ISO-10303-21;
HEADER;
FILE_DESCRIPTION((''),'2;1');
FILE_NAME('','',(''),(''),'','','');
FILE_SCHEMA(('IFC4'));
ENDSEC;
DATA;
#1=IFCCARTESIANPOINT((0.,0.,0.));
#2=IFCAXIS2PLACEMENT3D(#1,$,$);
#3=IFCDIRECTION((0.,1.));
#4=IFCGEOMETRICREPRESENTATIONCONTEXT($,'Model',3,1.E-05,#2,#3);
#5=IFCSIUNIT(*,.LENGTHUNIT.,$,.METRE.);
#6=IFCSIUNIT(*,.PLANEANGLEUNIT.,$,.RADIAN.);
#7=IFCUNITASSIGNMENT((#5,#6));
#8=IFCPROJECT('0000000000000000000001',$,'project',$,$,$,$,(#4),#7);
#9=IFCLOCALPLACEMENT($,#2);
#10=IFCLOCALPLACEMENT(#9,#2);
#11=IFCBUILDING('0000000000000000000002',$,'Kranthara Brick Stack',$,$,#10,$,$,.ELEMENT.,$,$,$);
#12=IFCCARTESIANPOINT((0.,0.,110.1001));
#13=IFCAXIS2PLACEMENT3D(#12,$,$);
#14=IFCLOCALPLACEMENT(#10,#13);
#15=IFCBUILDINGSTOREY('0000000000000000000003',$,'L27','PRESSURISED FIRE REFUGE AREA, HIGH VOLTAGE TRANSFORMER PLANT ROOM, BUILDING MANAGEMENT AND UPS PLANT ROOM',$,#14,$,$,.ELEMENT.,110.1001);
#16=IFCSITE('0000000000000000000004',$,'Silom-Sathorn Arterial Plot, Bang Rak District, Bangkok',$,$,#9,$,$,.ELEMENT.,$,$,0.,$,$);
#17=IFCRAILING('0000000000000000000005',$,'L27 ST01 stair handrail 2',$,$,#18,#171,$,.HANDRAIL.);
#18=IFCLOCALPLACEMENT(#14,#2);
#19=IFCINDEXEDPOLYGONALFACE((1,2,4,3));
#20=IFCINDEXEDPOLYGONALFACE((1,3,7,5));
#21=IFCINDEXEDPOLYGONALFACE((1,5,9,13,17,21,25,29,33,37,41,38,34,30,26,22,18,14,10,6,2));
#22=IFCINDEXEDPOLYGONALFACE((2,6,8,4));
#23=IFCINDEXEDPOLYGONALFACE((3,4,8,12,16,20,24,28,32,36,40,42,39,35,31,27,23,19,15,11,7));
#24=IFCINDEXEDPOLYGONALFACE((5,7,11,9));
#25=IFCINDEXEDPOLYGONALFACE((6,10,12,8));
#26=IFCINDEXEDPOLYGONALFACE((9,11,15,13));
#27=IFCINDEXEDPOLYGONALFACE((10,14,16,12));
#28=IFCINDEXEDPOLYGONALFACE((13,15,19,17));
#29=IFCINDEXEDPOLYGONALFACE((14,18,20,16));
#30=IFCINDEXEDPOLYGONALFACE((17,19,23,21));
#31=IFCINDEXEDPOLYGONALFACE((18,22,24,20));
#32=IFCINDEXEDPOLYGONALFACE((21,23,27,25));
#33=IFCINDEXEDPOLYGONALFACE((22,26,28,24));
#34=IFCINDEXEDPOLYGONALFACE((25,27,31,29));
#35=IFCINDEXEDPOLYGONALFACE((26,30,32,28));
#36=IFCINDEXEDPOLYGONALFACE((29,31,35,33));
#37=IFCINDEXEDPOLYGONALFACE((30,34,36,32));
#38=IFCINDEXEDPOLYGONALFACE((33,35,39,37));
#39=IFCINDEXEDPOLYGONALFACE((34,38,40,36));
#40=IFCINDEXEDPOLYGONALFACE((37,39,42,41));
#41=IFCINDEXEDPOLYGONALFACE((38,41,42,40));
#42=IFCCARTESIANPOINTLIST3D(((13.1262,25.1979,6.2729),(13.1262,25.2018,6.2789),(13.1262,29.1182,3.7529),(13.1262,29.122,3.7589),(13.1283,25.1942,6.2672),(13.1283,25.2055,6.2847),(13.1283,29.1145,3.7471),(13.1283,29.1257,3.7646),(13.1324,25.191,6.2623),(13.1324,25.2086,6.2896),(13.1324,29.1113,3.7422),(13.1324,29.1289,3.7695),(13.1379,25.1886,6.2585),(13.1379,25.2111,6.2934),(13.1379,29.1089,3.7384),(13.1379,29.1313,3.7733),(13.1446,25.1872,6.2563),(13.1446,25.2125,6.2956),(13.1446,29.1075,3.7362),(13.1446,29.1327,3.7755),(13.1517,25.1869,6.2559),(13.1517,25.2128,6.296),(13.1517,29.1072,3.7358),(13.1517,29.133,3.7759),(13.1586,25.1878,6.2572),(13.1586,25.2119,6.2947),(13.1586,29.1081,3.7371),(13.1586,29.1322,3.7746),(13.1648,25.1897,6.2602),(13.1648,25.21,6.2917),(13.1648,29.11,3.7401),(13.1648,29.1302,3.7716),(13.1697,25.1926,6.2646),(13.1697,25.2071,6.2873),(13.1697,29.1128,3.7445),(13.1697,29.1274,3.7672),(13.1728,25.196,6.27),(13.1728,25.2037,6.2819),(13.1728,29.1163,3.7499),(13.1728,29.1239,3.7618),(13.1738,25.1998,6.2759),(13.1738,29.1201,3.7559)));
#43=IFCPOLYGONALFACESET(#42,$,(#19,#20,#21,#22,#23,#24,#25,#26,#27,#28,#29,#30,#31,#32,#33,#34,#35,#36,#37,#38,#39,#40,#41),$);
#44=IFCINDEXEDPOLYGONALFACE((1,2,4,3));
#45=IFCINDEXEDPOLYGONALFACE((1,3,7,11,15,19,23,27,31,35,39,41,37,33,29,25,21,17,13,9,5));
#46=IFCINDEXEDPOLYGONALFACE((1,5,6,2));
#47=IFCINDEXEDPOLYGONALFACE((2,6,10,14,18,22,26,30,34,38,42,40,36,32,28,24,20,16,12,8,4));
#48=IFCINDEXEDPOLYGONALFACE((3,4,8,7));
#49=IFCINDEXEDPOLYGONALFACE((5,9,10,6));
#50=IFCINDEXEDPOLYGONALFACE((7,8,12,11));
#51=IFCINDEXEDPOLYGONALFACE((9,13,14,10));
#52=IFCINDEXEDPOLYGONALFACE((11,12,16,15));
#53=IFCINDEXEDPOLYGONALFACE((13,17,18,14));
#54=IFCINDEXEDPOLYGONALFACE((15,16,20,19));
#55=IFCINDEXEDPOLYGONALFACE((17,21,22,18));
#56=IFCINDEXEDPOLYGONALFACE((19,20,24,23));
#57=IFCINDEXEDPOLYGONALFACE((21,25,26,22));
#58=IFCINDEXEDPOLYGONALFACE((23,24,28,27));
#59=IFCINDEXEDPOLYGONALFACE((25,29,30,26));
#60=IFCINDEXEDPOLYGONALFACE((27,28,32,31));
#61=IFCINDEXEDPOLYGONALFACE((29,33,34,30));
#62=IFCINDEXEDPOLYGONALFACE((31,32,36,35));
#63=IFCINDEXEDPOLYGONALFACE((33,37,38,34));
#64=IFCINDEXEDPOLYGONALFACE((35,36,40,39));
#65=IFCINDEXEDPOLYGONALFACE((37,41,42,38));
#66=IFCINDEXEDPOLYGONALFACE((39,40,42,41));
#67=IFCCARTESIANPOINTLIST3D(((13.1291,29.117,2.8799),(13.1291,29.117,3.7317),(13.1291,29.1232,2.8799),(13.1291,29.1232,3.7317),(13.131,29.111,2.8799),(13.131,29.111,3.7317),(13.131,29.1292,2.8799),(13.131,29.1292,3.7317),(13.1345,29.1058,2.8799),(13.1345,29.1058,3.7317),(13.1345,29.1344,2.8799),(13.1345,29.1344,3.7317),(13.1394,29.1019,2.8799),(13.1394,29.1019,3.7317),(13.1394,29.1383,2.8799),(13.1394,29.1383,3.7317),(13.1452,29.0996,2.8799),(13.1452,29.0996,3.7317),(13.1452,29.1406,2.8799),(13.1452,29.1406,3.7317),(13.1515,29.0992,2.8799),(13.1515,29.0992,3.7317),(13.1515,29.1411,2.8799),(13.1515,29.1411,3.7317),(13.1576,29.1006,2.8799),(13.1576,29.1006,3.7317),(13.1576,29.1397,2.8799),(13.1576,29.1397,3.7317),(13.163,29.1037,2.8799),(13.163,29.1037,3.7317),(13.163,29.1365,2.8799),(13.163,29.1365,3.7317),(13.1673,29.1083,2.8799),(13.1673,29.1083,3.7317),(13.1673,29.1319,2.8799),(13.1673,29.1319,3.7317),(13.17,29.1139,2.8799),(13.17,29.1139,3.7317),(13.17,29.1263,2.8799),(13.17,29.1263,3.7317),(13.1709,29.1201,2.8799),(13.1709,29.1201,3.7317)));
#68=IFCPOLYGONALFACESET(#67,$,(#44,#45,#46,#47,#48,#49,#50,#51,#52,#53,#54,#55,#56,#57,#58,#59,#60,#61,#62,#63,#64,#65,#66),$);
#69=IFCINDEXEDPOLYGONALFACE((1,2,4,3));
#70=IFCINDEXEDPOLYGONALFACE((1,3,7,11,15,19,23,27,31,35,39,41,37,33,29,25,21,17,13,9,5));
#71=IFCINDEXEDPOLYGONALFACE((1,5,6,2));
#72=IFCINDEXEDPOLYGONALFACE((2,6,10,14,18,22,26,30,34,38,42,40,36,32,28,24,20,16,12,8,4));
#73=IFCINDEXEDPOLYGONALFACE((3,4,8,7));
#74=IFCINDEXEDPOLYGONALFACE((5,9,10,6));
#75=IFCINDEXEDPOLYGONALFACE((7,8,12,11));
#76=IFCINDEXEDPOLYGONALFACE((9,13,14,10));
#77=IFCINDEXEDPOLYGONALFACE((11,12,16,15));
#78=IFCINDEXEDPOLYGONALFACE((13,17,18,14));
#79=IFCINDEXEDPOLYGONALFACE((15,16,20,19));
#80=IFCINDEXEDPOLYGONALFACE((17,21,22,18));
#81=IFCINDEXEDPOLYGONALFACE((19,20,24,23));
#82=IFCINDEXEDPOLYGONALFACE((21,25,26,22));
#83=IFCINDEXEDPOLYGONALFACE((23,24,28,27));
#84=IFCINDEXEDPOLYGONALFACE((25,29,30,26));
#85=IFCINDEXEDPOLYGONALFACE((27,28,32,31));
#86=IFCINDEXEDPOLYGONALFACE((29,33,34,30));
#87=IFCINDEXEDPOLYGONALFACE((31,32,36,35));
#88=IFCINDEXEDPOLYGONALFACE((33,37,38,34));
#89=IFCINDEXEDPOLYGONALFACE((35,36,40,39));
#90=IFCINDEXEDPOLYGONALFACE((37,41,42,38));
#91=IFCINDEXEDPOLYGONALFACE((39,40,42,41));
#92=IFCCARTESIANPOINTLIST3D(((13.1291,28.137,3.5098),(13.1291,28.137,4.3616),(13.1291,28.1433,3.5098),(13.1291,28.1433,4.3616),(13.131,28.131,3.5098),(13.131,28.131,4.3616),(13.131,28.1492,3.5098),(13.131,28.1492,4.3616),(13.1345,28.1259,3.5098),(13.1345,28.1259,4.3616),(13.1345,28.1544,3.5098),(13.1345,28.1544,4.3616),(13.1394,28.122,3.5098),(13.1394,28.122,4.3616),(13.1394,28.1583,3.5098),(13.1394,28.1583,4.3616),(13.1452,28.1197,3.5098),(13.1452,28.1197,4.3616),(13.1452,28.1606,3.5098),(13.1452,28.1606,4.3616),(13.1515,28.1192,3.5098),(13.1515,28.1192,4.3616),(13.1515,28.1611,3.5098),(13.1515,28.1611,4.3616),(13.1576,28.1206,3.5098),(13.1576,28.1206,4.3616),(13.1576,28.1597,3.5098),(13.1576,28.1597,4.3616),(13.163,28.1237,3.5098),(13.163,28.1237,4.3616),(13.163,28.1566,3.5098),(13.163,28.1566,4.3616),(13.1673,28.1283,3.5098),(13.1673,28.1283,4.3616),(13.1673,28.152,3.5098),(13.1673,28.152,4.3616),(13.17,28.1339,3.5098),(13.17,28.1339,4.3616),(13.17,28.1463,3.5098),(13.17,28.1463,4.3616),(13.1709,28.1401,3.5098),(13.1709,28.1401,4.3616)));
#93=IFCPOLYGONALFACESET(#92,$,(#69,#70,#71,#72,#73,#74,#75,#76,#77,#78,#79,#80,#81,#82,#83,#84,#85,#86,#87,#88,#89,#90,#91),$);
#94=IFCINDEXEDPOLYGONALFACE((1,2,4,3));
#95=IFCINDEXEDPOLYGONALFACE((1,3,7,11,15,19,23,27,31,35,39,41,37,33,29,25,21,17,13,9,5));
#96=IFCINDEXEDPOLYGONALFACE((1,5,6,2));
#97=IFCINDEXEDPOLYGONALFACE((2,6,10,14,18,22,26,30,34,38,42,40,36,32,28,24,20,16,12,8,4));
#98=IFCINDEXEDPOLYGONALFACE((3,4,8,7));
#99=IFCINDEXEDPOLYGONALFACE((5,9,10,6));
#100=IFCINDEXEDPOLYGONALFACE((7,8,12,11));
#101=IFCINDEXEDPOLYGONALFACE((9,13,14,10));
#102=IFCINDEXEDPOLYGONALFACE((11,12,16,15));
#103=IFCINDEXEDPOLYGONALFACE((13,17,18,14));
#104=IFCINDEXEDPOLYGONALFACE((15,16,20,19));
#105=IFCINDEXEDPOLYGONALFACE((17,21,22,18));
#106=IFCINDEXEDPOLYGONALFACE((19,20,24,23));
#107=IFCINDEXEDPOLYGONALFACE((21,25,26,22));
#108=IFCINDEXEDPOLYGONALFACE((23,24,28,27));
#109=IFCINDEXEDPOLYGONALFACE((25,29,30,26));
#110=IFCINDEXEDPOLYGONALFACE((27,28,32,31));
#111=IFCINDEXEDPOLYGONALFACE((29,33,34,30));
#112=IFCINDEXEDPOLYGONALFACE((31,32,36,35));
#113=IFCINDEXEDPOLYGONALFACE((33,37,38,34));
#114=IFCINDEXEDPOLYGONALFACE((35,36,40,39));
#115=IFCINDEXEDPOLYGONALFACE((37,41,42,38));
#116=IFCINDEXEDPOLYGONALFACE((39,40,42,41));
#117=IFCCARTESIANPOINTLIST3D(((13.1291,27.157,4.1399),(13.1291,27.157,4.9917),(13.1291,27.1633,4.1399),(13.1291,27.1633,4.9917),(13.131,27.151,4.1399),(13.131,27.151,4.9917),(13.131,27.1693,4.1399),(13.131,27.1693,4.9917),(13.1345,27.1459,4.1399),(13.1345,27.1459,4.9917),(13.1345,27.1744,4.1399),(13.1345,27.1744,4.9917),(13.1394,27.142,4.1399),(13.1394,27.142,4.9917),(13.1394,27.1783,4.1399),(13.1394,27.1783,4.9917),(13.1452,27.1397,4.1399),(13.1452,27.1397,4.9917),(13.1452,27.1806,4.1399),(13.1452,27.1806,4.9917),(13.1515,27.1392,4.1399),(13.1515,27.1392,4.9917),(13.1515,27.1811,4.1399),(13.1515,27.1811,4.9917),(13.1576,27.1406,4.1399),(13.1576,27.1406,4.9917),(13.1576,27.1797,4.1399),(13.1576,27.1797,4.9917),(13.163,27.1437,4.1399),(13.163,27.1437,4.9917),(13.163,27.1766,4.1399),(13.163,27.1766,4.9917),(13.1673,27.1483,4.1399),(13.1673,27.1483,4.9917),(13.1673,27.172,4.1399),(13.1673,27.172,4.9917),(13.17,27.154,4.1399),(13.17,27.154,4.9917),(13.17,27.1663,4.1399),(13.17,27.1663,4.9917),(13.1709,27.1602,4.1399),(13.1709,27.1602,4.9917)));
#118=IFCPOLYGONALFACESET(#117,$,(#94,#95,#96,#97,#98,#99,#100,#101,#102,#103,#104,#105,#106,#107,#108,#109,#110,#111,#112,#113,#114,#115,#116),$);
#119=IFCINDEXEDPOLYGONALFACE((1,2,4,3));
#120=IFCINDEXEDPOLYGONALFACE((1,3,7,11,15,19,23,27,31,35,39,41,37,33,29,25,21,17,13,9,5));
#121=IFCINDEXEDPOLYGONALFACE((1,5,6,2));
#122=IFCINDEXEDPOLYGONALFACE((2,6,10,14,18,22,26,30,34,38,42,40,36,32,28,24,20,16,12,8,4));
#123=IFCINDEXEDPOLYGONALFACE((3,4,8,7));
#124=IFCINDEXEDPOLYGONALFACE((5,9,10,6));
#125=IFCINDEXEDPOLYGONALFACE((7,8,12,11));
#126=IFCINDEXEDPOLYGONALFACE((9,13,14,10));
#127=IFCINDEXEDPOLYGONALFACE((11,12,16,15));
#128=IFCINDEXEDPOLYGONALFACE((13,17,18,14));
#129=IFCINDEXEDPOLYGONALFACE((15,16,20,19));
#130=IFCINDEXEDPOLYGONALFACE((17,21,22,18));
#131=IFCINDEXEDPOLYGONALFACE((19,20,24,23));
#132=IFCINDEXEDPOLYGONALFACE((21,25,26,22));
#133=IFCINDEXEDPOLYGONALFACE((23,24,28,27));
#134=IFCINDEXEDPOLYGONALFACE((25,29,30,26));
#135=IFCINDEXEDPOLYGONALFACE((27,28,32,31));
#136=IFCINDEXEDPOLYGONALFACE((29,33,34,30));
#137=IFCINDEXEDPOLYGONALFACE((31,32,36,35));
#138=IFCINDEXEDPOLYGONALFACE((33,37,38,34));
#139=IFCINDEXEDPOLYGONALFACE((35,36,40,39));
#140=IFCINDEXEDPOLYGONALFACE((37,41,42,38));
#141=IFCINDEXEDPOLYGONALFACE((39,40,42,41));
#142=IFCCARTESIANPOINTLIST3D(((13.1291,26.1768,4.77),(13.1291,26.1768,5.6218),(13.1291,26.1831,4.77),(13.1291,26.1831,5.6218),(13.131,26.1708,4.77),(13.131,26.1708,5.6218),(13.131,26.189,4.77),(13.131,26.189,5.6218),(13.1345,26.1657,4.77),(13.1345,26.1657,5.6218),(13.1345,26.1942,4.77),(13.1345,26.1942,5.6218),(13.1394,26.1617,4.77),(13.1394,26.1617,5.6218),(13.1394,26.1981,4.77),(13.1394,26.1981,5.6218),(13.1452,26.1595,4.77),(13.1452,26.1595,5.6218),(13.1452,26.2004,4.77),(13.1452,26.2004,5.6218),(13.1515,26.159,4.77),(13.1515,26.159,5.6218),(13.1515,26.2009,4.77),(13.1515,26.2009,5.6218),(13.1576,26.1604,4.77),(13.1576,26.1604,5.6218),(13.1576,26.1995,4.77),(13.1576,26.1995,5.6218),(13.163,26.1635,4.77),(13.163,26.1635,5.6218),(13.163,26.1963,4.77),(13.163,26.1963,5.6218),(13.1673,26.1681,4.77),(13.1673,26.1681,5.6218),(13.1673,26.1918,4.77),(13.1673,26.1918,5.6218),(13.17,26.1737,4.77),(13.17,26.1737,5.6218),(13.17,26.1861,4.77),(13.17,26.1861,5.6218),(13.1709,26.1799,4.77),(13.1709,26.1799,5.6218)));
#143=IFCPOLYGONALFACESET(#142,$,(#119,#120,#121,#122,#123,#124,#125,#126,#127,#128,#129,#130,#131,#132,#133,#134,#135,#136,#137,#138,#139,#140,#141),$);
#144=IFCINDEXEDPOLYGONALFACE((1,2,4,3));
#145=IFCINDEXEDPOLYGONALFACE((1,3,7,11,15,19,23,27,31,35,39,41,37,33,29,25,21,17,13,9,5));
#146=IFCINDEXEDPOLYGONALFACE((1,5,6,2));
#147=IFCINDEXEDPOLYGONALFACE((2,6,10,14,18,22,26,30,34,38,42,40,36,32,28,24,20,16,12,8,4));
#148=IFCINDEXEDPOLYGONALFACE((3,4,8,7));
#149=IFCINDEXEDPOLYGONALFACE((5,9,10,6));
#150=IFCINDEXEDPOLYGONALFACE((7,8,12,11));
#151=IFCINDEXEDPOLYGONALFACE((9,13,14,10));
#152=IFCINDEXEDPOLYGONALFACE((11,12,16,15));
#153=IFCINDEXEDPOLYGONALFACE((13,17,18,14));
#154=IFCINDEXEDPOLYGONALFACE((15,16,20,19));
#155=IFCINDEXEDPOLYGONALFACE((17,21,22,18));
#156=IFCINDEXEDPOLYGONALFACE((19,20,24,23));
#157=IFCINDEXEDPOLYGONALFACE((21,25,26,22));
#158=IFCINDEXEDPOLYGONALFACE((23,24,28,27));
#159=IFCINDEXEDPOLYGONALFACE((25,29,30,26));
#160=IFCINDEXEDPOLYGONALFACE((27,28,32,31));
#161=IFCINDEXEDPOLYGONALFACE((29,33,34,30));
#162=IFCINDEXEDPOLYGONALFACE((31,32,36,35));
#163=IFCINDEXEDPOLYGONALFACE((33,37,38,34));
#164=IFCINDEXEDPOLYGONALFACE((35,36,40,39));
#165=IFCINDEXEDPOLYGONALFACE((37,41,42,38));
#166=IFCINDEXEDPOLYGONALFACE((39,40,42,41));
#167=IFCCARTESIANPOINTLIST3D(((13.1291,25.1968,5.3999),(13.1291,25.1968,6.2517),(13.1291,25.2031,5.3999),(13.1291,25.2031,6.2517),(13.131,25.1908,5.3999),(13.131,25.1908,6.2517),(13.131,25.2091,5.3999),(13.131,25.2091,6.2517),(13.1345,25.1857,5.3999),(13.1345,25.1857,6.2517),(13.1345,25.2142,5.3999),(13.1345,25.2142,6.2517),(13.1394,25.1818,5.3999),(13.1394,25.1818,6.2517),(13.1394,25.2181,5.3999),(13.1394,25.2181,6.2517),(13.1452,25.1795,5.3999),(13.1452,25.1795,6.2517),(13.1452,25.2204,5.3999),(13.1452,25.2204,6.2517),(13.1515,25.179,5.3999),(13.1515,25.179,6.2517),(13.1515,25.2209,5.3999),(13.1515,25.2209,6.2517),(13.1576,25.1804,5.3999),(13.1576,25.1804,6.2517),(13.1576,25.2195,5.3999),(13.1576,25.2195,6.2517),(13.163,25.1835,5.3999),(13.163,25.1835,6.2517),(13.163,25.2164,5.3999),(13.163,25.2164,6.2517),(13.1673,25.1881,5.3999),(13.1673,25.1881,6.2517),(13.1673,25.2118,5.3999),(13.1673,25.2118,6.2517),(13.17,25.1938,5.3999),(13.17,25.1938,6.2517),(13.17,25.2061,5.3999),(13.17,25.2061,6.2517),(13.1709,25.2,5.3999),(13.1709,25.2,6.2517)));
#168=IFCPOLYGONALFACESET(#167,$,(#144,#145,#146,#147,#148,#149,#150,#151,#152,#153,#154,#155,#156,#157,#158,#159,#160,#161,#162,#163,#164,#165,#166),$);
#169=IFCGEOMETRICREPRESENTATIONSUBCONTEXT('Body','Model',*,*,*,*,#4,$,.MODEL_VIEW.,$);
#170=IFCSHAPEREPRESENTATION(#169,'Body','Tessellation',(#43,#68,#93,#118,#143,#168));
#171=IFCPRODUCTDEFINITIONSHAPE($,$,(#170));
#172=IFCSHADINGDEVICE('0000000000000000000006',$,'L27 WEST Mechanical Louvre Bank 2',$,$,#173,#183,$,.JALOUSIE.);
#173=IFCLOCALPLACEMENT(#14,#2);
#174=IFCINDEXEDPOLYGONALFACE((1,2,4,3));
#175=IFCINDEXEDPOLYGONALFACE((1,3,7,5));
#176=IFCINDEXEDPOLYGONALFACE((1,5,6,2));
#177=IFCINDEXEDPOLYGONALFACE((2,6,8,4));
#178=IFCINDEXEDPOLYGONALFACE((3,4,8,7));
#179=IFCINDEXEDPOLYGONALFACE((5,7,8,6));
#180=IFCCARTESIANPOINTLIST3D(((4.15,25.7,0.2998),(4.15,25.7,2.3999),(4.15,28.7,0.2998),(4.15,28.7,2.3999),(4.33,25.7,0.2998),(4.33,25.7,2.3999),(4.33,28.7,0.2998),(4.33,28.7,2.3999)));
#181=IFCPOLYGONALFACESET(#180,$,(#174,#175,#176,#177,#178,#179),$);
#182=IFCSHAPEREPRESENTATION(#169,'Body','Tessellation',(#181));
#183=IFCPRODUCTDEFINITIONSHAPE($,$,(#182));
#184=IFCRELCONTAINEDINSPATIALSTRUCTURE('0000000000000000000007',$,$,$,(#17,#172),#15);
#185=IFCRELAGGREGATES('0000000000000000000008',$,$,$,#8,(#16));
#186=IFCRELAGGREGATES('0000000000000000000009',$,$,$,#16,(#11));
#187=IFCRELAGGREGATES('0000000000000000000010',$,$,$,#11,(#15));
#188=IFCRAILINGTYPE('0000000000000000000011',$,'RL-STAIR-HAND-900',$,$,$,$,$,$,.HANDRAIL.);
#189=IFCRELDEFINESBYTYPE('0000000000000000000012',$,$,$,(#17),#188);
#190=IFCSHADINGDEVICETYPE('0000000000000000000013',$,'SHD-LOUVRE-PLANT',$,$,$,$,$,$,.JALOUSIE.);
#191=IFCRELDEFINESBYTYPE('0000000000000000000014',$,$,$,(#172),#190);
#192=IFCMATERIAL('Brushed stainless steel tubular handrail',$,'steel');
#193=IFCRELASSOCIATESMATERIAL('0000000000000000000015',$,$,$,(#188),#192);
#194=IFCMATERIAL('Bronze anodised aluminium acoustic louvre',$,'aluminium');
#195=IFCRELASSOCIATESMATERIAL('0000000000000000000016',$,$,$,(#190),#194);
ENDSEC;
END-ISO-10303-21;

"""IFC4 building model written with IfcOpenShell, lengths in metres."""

from ifc_helpers import new_model, si_unit, direction, frame, origin, origin_2d, place, context, subcontext, project, spatial, rectangle, circle, extrude, material, type_object, element, save


model = new_model("IFC4")

# Units and contexts
model_context = context("Model", 3, precision=1e-05, world=origin(), true_north=direction((0.0, 1.0)))
body_context = subcontext(model_context, "Body", "Model", "MODEL_VIEW")
ifc_project = project(units=[si_unit("LENGTHUNIT", "METRE"), si_unit("PLANEANGLEUNIT", "RADIAN")], contexts=[model_context])

# Site, building, storey
site_placement = place(None, origin())
site = spatial("IfcSite", under=ifc_project, at=site_placement, Name="Silom-Sathorn Arterial Plot, Bang Rak District, Bangkok", CompositionType="ELEMENT", RefElevation=0.0)
building_placement = place(site_placement, origin())
building = spatial("IfcBuilding", under=site, at=building_placement, Name="Kranthara Brick Stack", CompositionType="ELEMENT")
storey_placement = place(building_placement, frame((0.0, 0.0, 110.1001)))
storey = spatial("IfcBuildingStorey", under=building, at=storey_placement, Name="L27", Description="PRESSURISED FIRE REFUGE AREA, HIGH VOLTAGE TRANSFORMER PLANT ROOM, BUILDING MANAGEMENT AND UPS PLANT ROOM", CompositionType="ELEMENT", Elevation=110.1001)

# Railing
ifc_material_1 = material(Name="Brushed stainless steel tubular handrail", Category="steel")
railing_type_1 = type_object("IfcRailingType", Name="RL-STAIR-HAND-900", PredefinedType="HANDRAIL", material=ifc_material_1)
railing_1_placement = place(storey_placement, frame((13.1499, 29.1201, 2.8799)))
element("IfcRailing", 1, at=railing_1_placement, inside=storey, type_object=railing_type_1, Name="L27 ST01 stair handrail 2", PredefinedType="HANDRAIL", context=body_context, shape_type="SweptSolid", body=[
    extrude(circle(Radius=0.0239, at=origin_2d()), frame((0.0, 0.0, 0.876), z_axis=(0.0, -0.841187, 0.540744), x_axis=(1.0, 0.0, 0.0)), (0.0, 0.0, 1.0), 4.6604),
    extrude(circle(Radius=0.021, at=origin_2d()), origin(), (0.0, 0.0, 1.0), 0.8518),
    extrude(circle(Radius=0.021, at=origin_2d()), frame((0.0, -0.98, 0.6299)), (0.0, 0.0, 1.0), 0.8518),
    extrude(circle(Radius=0.021, at=origin_2d()), frame((0.0, -1.96, 1.26)), (0.0, 0.0, 1.0), 0.8518),
    extrude(circle(Radius=0.021, at=origin_2d()), frame((0.0, -2.9402, 1.8901)), (0.0, 0.0, 1.0), 0.8518),
    extrude(circle(Radius=0.021, at=origin_2d()), frame((0.0, -3.9202, 2.52)), (0.0, 0.0, 1.0), 0.8518),
])

# Shading device
ifc_material_2 = material(Name="Bronze anodised aluminium acoustic louvre", Category="aluminium")
shading_device_type = type_object("IfcShadingDeviceType", Name="SHD-LOUVRE-PLANT", PredefinedType="JALOUSIE", material=ifc_material_2)
shading_device_placement = place(storey_placement, frame((4.24, 27.2, 0.2998), z_axis=(0.0, 0.0, 1.0), x_axis=(0.0, 1.0, 0.0)))
element("IfcShadingDevice", 2, at=shading_device_placement, inside=storey, type_object=shading_device_type, Name="L27 WEST Mechanical Louvre Bank 2", PredefinedType="JALOUSIE", context=body_context, shape_type="SweptSolid", body=[
    extrude(rectangle(XDim=3.0, YDim=0.1799, at=origin_2d()), origin(), (0.0, 0.0, 1.0), 2.1001),
])

save(model, "model.ifc")
